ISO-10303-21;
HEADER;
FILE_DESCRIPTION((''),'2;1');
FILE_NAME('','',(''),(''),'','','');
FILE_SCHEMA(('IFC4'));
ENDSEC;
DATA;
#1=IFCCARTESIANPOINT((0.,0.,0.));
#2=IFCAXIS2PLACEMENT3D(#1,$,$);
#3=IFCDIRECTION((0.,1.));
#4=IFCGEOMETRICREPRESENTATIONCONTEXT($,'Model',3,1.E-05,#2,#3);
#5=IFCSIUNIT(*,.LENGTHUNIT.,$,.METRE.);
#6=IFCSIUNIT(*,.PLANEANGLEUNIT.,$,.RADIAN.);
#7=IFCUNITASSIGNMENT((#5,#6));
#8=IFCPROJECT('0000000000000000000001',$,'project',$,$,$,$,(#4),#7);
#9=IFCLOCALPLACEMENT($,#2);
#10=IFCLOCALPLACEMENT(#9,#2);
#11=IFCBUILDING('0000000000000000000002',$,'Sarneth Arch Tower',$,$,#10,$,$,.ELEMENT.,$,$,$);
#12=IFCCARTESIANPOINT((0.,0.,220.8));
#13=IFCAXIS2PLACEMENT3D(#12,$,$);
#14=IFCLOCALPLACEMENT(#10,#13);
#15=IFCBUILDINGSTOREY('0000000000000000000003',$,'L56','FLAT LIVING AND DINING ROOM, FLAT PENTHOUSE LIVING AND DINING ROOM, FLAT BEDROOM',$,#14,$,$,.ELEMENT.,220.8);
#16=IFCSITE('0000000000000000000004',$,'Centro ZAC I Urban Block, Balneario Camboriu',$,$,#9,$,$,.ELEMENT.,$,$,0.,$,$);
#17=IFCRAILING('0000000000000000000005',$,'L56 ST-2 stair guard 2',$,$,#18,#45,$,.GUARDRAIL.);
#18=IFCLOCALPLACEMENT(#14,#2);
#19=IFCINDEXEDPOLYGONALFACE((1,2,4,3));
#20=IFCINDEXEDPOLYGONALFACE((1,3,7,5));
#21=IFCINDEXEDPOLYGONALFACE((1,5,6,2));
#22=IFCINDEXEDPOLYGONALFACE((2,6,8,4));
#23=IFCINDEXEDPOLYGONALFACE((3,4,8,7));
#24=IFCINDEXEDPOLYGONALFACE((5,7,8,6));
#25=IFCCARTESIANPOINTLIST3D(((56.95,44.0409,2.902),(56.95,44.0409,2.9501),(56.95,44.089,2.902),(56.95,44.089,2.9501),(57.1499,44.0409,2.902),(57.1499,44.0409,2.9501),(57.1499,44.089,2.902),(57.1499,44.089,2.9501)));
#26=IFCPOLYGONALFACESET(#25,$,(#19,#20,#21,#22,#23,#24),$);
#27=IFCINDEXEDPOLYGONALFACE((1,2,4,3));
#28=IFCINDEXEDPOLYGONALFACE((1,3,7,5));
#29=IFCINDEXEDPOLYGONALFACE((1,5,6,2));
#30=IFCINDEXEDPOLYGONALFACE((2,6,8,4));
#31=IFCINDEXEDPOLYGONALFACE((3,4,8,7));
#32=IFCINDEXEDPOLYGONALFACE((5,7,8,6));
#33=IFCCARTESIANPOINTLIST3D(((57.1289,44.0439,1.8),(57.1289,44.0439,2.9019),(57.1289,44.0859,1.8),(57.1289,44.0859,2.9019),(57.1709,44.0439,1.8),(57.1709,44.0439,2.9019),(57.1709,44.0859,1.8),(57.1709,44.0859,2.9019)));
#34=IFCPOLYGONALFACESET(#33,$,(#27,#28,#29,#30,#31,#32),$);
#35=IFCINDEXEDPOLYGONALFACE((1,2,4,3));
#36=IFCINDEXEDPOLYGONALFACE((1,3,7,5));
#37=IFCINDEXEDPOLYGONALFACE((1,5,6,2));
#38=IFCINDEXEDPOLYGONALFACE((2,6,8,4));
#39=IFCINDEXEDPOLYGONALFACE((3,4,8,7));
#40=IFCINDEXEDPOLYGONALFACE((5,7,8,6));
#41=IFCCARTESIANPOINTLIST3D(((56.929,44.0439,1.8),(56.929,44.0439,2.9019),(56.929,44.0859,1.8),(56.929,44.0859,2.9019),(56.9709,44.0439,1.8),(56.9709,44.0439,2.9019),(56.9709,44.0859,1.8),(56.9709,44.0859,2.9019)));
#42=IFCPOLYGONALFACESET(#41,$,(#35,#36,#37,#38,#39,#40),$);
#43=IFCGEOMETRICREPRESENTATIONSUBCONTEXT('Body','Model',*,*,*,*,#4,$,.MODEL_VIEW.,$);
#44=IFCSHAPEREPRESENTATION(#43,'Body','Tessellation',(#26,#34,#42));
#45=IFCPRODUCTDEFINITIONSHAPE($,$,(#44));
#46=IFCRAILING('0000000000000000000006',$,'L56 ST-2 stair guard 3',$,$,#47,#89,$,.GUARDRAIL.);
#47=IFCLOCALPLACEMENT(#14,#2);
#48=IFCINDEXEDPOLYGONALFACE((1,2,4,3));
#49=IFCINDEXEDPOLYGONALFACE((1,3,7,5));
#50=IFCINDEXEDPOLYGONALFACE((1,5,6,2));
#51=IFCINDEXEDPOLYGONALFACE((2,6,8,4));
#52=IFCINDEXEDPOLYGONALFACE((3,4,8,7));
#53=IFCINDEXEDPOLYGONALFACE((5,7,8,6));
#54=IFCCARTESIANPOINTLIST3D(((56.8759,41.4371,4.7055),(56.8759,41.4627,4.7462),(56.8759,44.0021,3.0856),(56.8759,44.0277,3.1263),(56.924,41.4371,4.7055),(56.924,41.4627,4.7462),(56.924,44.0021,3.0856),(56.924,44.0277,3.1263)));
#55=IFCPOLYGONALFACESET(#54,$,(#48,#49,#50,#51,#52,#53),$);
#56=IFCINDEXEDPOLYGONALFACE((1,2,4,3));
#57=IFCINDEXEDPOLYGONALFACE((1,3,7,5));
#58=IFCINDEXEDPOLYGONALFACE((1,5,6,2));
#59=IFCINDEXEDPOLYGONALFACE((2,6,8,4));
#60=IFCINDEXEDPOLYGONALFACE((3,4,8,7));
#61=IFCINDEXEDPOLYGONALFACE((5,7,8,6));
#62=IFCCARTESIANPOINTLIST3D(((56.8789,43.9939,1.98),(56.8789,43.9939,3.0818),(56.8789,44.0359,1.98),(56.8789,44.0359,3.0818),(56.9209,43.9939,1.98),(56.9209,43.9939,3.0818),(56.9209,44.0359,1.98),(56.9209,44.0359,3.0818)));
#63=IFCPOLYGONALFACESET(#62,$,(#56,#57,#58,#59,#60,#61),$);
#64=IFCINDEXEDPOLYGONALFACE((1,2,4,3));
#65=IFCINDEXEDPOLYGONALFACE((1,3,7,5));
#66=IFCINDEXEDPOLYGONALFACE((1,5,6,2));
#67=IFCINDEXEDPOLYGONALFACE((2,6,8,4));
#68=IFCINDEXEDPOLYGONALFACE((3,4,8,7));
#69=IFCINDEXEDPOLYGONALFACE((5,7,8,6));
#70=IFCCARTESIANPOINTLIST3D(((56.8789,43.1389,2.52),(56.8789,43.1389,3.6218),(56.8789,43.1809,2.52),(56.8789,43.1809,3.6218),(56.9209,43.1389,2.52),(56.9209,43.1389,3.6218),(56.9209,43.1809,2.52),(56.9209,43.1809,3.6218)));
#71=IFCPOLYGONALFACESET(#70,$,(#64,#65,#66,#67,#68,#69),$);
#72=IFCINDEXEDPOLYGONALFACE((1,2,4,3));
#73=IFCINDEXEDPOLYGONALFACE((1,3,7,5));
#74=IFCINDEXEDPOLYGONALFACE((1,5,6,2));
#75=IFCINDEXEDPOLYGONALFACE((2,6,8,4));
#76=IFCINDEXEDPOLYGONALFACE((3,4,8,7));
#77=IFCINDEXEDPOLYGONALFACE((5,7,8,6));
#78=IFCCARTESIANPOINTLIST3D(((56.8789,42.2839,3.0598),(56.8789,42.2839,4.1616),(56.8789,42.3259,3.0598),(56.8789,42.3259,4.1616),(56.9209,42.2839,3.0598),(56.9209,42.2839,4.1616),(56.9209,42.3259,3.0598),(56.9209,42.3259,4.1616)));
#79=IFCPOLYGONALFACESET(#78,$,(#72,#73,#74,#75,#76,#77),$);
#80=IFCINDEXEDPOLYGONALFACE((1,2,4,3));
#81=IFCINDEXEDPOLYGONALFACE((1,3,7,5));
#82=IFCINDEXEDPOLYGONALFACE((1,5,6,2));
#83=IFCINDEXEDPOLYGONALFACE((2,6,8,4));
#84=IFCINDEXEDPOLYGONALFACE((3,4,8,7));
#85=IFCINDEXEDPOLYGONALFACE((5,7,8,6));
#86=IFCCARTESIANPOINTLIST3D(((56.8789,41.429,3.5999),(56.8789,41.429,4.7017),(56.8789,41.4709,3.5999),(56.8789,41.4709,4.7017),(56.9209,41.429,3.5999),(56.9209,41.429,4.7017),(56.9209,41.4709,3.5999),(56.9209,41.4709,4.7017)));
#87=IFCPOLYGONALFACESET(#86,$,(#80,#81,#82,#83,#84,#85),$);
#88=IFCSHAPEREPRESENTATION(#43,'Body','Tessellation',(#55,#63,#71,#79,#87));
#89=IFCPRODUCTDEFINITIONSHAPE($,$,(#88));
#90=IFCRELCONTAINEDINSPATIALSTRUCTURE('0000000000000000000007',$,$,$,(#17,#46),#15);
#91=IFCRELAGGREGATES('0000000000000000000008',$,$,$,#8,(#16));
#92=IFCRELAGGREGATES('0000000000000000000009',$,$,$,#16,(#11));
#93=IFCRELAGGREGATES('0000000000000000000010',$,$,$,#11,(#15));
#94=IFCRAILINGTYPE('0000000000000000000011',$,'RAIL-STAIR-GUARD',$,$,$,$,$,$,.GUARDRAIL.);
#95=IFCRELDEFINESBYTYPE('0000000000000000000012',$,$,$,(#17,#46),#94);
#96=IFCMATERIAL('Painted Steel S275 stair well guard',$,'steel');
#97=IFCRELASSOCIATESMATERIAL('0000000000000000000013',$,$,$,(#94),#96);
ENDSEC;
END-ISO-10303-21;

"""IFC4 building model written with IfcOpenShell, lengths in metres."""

from ifc_helpers import new_model, si_unit, direction, frame, origin, origin_2d, place, context, subcontext, project, spatial, rectangle, extrude, material, type_object, element, save


model = new_model("IFC4")

# Units and contexts
model_context = context("Model", 3, precision=1e-05, world=origin(), true_north=direction((0.0, 1.0)))
body_context = subcontext(model_context, "Body", "Model", "MODEL_VIEW")
ifc_project = project(units=[si_unit("LENGTHUNIT", "METRE"), si_unit("PLANEANGLEUNIT", "RADIAN")], contexts=[model_context])

# Site, building, storey
site_placement = place(None, origin())
site = spatial("IfcSite", under=ifc_project, at=site_placement, Name="Centro ZAC I Urban Block, Balneario Camboriu", CompositionType="ELEMENT", RefElevation=0.0)
building_placement = place(site_placement, origin())
building = spatial("IfcBuilding", under=site, at=building_placement, Name="Sarneth Arch Tower", CompositionType="ELEMENT")
storey_placement = place(building_placement, frame((0.0, 0.0, 220.8)))
storey = spatial("IfcBuildingStorey", under=building, at=storey_placement, Name="L56", Description="FLAT LIVING AND DINING ROOM, FLAT PENTHOUSE LIVING AND DINING ROOM, FLAT BEDROOM", CompositionType="ELEMENT", Elevation=220.8)

# Railings
ifc_material_1 = material(Name="Painted Steel S275 stair well guard", Category="steel")
railing_type_1 = type_object("IfcRailingType", Name="RAIL-STAIR-GUARD", PredefinedType="GUARDRAIL", material=ifc_material_1)
railing_1_placement = place(storey_placement, frame((57.1499, 44.0649, 1.8)))
element("IfcRailing", 1, at=railing_1_placement, inside=storey, type_object=railing_type_1, Name="L56 ST-2 stair guard 2", PredefinedType="GUARDRAIL", context=body_context, shape_type="SweptSolid", body=[
    extrude(rectangle(XDim=0.0481, YDim=0.0481, at=origin_2d()), frame((0.0, 0.0, 1.126), z_axis=(-1.0, 0.0, 0.0), x_axis=(0.0, -1.0, 0.0)), (0.0, 0.0, 1.0), 0.2),
    extrude(rectangle(XDim=0.042, YDim=0.042, at=origin_2d()), origin(), (0.0, 0.0, 1.0), 1.1018),
    extrude(rectangle(XDim=0.042, YDim=0.042, at=origin_2d()), frame((-0.2, 0.0, 0.0)), (0.0, 0.0, 1.0), 1.1018),
])
railing_2_placement = place(storey_placement, frame((56.8999, 44.0149, 1.98)))
element("IfcRailing", 2, at=railing_2_placement, inside=storey, type_object=railing_type_1, Name="L56 ST-2 stair guard 3", PredefinedType="GUARDRAIL", context=body_context, shape_type="SweptSolid", body=[
    extrude(rectangle(XDim=0.0481, YDim=0.0481, at=origin_2d()), frame((0.0, 0.0, 1.126), z_axis=(0.0, -0.845502, 0.533972), x_axis=(1.0, 0.0, 0.0)), (0.0, 0.0, 1.0), 3.0337),
    extrude(rectangle(XDim=0.042, YDim=0.042, at=origin_2d()), origin(), (0.0, 0.0, 1.0), 1.1018),
    extrude(rectangle(XDim=0.042, YDim=0.042, at=origin_2d()), frame((0.0, -0.855, 0.54)), (0.0, 0.0, 1.0), 1.1018),
    extrude(rectangle(XDim=0.042, YDim=0.042, at=origin_2d()), frame((0.0, -1.71, 1.0798)), (0.0, 0.0, 1.0), 1.1018),
    extrude(rectangle(XDim=0.042, YDim=0.042, at=origin_2d()), frame((0.0, -2.5649, 1.6199)), (0.0, 0.0, 1.0), 1.1018),
])

save(model, "model.ifc")
